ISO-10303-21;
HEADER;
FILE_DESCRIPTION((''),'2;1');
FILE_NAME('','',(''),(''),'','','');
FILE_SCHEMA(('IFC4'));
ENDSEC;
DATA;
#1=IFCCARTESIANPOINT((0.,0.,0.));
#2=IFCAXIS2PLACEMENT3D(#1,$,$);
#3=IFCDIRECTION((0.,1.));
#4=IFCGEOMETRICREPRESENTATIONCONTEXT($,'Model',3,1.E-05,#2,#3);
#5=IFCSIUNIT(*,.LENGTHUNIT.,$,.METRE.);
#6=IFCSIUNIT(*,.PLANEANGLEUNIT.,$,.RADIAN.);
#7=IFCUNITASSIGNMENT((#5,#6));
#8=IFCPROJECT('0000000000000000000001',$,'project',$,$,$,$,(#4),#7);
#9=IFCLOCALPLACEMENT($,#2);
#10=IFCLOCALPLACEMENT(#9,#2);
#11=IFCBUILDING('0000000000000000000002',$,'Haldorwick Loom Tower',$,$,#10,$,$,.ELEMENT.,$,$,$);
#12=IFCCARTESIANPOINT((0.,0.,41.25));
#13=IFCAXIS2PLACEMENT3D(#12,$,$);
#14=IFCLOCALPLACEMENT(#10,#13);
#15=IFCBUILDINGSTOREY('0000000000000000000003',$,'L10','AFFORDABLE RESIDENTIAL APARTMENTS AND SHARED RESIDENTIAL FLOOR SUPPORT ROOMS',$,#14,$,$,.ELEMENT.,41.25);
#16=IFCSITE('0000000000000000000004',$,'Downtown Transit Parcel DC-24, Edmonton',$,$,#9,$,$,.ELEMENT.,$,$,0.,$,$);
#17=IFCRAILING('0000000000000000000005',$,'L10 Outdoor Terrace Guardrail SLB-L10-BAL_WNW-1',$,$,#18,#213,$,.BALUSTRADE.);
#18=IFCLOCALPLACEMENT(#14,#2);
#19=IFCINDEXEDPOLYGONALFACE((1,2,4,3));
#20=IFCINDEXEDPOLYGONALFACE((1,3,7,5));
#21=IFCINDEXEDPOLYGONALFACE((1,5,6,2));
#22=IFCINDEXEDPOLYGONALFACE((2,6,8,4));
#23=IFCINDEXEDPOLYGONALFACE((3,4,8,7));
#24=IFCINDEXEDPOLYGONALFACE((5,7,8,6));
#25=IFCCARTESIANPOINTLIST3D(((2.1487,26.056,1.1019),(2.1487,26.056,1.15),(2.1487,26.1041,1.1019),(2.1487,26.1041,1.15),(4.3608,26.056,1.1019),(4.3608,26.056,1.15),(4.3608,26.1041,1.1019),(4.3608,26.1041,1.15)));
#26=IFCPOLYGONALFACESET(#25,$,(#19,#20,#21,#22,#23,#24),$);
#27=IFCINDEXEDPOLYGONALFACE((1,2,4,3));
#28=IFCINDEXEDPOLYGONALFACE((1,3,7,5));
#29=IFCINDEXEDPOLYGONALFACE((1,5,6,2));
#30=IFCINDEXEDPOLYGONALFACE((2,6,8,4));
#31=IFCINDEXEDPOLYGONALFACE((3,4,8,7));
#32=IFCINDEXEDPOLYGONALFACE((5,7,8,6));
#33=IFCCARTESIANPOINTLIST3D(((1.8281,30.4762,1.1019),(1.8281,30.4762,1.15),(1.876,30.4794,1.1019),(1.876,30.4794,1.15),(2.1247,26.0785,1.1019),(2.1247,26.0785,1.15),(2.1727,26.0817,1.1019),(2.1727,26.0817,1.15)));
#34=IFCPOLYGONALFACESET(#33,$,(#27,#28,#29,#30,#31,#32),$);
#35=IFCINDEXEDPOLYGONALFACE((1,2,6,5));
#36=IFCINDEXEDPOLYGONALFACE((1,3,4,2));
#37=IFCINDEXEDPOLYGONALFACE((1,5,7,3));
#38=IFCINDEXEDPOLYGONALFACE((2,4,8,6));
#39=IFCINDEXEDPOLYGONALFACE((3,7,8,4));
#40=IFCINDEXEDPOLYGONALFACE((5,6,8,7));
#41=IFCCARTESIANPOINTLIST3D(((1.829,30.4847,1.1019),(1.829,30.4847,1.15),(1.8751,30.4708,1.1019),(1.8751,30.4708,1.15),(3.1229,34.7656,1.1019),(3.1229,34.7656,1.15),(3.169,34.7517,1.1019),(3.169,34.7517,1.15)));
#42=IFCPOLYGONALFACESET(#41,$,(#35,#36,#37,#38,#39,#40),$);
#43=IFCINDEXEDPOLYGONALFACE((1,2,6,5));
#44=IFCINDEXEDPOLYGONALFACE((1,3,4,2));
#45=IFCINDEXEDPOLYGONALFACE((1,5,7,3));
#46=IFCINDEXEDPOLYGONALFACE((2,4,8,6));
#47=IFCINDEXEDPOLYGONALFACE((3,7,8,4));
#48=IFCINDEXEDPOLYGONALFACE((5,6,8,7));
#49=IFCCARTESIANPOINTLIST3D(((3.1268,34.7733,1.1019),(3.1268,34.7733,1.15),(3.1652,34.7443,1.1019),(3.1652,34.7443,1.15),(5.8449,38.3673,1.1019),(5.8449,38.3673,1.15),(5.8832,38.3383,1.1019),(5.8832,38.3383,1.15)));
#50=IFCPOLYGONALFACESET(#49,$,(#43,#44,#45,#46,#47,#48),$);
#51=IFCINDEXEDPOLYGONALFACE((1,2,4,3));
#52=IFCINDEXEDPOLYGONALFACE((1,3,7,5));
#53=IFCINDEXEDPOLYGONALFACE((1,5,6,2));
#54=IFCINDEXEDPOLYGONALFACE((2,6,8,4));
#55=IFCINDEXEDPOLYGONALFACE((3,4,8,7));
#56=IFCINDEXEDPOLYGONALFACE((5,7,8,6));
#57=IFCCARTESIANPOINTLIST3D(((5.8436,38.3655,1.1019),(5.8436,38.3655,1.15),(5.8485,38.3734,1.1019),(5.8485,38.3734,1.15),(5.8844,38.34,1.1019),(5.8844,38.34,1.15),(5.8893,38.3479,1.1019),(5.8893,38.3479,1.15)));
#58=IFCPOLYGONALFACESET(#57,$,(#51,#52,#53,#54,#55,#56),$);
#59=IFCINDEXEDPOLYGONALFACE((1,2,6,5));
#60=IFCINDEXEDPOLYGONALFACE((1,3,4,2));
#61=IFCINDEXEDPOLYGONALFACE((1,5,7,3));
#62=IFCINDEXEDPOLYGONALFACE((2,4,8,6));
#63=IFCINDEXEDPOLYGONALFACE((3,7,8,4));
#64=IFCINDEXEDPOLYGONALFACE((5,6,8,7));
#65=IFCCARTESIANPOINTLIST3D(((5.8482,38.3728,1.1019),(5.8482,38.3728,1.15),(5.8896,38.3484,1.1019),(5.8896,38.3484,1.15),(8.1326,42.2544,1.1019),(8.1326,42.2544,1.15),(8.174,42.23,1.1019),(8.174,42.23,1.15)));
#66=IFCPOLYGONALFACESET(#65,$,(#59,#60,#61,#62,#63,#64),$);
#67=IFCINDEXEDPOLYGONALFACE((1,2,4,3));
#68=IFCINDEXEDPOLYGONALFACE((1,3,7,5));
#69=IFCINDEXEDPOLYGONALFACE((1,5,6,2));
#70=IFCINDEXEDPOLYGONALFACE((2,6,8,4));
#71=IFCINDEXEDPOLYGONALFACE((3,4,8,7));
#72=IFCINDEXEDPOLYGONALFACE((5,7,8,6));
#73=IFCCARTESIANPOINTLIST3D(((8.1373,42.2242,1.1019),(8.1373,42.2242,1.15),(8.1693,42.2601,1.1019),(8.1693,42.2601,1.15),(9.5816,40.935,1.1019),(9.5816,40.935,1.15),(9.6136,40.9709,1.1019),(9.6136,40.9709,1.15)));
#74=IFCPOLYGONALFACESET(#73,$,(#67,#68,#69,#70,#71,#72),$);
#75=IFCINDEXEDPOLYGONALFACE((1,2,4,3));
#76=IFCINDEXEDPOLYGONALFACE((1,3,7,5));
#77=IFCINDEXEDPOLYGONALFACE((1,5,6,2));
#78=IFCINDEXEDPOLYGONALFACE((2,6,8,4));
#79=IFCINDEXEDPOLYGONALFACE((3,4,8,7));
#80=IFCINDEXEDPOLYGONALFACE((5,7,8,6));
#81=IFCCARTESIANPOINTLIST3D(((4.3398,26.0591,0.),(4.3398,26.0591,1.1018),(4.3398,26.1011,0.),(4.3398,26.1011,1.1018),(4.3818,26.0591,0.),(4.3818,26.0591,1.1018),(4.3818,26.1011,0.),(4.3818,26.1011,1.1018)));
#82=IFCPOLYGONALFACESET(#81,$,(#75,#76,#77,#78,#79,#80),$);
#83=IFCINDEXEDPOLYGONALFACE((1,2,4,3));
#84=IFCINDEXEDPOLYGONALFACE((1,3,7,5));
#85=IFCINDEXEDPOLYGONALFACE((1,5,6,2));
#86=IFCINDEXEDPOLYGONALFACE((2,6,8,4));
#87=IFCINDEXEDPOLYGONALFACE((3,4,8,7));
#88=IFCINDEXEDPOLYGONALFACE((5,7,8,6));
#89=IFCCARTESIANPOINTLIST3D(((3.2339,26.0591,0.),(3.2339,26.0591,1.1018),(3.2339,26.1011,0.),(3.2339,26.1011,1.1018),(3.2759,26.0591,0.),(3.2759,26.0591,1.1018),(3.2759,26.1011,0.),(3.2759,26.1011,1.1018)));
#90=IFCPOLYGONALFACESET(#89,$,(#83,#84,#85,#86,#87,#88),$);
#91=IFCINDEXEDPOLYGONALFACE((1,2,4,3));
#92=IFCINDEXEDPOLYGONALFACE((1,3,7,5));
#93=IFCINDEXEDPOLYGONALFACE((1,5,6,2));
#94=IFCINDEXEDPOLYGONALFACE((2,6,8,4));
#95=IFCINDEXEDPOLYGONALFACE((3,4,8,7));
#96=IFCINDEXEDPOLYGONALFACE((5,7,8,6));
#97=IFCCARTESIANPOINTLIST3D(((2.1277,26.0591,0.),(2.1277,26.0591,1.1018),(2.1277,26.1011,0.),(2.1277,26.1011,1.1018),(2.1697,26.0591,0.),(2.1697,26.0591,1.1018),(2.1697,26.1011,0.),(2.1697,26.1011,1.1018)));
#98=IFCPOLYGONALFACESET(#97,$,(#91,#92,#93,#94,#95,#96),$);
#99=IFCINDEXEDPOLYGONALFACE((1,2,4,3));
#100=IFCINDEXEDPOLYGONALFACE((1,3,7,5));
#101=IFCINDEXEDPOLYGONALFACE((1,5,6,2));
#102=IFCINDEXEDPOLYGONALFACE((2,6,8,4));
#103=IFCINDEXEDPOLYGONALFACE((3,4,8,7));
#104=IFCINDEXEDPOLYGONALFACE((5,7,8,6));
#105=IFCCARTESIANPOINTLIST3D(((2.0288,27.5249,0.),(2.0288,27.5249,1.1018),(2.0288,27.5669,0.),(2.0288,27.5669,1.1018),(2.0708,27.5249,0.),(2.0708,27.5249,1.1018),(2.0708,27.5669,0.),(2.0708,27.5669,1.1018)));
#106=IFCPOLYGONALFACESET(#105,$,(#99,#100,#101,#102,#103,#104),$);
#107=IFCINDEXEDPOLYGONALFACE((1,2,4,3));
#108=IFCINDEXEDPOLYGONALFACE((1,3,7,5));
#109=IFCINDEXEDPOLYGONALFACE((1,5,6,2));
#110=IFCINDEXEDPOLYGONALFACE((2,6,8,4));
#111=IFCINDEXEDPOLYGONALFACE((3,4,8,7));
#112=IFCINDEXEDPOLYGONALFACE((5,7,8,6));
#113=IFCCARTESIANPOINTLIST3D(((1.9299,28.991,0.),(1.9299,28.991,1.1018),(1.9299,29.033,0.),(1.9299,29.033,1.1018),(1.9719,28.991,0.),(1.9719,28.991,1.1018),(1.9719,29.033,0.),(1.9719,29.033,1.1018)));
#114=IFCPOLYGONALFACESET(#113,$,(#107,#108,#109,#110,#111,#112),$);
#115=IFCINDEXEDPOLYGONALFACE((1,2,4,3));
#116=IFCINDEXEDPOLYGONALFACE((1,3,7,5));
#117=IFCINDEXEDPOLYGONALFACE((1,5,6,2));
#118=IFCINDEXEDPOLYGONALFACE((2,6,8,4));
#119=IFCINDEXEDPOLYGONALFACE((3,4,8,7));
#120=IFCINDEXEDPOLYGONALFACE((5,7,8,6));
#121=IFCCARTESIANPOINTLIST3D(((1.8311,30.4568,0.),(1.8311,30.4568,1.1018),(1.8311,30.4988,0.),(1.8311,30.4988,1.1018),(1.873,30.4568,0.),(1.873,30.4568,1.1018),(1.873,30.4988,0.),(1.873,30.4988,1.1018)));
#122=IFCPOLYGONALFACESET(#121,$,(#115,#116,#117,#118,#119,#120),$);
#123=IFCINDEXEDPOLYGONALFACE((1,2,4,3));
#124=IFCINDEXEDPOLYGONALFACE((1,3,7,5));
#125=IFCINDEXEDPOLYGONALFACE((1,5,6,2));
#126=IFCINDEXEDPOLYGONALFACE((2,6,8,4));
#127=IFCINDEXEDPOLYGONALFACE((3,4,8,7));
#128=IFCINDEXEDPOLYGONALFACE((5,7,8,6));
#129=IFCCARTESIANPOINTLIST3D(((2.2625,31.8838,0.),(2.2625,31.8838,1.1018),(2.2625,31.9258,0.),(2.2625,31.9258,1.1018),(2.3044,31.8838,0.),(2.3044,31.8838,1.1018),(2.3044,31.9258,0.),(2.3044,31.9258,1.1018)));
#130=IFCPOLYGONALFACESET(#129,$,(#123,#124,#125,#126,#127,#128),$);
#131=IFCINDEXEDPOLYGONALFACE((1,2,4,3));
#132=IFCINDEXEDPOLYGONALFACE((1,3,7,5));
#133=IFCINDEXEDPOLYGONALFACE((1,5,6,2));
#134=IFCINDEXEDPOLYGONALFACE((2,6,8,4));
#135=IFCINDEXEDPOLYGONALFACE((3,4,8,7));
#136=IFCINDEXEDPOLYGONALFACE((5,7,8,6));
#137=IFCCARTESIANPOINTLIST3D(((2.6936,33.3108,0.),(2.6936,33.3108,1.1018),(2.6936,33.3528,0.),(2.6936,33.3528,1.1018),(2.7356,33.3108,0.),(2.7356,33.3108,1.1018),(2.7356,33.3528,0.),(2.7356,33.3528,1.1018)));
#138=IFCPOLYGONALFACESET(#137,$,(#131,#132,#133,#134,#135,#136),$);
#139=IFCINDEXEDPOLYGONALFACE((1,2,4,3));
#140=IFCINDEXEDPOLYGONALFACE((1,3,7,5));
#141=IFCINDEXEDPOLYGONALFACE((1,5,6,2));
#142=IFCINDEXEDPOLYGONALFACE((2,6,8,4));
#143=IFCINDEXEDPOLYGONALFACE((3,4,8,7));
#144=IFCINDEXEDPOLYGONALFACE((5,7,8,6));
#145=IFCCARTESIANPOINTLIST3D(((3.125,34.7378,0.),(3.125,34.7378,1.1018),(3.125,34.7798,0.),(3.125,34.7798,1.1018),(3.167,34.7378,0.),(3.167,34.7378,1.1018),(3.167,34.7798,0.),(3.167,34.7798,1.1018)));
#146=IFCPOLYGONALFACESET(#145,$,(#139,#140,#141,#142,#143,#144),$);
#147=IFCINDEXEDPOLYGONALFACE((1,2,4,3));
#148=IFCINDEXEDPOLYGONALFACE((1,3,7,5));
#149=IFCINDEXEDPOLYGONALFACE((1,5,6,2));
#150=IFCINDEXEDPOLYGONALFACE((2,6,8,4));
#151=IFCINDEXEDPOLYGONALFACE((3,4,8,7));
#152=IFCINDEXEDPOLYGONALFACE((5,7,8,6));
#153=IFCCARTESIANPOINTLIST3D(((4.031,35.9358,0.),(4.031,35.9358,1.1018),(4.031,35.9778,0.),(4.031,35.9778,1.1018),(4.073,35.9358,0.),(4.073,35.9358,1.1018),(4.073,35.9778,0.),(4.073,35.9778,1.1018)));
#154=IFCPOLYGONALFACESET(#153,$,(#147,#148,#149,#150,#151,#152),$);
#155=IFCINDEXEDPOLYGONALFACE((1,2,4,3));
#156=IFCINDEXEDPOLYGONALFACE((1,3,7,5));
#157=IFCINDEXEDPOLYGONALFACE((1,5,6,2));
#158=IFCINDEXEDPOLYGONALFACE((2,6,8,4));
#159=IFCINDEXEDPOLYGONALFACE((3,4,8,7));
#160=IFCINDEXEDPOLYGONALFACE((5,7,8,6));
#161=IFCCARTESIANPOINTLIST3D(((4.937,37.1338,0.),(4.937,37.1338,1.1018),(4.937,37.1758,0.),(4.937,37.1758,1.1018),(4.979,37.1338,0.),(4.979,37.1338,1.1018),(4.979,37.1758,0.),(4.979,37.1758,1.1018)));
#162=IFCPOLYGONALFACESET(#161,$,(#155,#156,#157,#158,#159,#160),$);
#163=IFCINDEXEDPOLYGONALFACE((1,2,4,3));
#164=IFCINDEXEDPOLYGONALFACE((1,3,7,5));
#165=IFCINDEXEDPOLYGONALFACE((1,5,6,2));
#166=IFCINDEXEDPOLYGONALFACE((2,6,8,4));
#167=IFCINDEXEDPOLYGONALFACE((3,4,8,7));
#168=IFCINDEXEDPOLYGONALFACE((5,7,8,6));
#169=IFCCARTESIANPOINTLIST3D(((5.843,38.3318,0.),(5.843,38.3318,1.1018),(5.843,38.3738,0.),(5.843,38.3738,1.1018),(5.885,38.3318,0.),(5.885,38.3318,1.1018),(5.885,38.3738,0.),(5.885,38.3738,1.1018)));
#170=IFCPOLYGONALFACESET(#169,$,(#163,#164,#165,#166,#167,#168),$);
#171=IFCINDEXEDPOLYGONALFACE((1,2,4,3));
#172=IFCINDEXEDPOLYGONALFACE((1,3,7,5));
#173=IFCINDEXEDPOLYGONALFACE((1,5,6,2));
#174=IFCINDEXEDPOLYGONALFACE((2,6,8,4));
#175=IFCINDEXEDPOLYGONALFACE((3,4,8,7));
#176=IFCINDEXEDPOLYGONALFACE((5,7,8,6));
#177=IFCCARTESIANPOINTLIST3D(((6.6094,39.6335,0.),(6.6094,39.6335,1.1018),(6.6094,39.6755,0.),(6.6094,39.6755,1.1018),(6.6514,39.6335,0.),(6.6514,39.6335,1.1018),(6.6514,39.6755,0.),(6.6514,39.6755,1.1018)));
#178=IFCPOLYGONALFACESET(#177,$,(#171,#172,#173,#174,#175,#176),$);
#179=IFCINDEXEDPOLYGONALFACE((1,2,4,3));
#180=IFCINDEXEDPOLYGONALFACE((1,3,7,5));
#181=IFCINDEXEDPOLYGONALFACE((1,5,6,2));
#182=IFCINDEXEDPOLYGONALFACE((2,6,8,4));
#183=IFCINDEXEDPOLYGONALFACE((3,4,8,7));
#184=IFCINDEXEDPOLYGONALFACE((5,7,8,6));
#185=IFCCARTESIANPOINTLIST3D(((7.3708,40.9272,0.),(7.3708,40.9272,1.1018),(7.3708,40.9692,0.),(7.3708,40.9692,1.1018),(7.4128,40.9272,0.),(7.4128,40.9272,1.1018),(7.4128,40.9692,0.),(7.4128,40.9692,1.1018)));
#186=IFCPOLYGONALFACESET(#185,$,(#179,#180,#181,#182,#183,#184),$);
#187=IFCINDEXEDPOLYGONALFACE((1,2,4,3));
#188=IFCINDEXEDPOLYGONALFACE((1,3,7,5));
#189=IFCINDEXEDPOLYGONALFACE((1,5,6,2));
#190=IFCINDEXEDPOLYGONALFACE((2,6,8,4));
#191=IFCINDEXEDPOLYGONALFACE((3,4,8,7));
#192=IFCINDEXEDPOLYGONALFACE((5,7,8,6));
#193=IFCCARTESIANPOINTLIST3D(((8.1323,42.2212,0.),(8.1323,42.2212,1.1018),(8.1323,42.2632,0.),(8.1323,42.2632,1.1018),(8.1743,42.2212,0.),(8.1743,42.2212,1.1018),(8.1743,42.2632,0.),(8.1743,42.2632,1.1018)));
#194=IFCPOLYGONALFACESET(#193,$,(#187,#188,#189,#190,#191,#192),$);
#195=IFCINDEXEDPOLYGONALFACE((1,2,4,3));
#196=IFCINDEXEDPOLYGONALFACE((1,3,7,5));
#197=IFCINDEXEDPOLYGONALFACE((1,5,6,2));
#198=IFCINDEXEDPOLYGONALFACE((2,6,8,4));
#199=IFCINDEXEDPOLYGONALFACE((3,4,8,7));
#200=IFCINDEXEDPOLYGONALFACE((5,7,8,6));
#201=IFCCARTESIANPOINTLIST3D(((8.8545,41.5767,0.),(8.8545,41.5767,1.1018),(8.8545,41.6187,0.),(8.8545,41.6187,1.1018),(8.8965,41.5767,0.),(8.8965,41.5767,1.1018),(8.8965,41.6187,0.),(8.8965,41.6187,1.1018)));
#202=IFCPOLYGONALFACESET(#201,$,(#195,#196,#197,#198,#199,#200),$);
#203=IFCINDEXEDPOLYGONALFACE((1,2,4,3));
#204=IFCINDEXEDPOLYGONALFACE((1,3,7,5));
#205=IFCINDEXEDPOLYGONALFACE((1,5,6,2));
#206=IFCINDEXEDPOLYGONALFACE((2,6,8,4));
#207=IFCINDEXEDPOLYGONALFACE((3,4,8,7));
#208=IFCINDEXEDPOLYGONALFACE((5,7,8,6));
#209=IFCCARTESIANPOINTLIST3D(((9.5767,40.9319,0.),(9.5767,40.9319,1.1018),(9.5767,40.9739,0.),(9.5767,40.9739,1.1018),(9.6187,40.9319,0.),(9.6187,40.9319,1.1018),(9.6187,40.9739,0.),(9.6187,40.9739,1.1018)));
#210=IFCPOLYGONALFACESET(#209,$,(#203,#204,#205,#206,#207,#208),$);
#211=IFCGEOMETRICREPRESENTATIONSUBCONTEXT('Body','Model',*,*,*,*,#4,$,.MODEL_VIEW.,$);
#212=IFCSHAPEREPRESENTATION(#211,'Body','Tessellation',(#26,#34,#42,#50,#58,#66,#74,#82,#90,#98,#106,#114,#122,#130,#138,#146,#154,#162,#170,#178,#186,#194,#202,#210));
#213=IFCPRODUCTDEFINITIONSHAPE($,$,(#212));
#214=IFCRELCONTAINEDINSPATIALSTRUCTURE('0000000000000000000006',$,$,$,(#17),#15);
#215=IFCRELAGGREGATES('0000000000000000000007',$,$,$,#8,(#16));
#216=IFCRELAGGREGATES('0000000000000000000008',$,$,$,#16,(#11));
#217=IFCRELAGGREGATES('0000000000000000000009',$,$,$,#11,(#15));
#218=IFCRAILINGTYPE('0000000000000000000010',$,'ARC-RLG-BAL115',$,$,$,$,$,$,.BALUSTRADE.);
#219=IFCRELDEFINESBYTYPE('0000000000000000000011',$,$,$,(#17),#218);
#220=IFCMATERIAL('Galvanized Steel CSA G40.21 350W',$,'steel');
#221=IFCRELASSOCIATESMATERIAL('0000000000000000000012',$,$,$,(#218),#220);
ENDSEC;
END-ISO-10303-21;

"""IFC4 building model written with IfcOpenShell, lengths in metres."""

from ifc_helpers import new_model, si_unit, direction, frame, origin, origin_2d, place, context, subcontext, project, spatial, rectangle, extrude, material, type_object, element, save


model = new_model("IFC4")

# Units and contexts
model_context = context("Model", 3, precision=1e-05, world=origin(), true_north=direction((0.0, 1.0)))
body_context = subcontext(model_context, "Body", "Model", "MODEL_VIEW")
ifc_project = project(units=[si_unit("LENGTHUNIT", "METRE"), si_unit("PLANEANGLEUNIT", "RADIAN")], contexts=[model_context])

# Site, building, storey
site_placement = place(None, origin())
site = spatial("IfcSite", under=ifc_project, at=site_placement, Name="Downtown Transit Parcel DC-24, Edmonton", CompositionType="ELEMENT", RefElevation=0.0)
building_placement = place(site_placement, origin())
building = spatial("IfcBuilding", under=site, at=building_placement, Name="Haldorwick Loom Tower", CompositionType="ELEMENT")
storey_placement = place(building_placement, frame((0.0, 0.0, 41.25)))
storey = spatial("IfcBuildingStorey", under=building, at=storey_placement, Name="L10", Description="AFFORDABLE RESIDENTIAL APARTMENTS AND SHARED RESIDENTIAL FLOOR SUPPORT ROOMS", CompositionType="ELEMENT", Elevation=41.25)

# Railing
ifc_material_1 = material(Name="Galvanized Steel CSA G40.21 350W", Category="steel")
railing_type = type_object("IfcRailingType", Name="ARC-RLG-BAL115", PredefinedType="BALUSTRADE", material=ifc_material_1)
railing_placement = place(storey_placement, frame((4.3608, 26.0801, 0.0)))
element("IfcRailing", 1, at=railing_placement, inside=storey, type_object=railing_type, Name="L10 Outdoor Terrace Guardrail SLB-L10-BAL_WNW-1", PredefinedType="BALUSTRADE", context=body_context, shape_type="SweptSolid", body=[
    extrude(rectangle(XDim=0.0481, YDim=0.0481, at=origin_2d()), frame((0.0, 0.0, 1.126), z_axis=(-1.0, 0.0, 0.0), x_axis=(0.0, -1.0, 0.0)), (0.0, 0.0, 1.0), 2.2122),
    extrude(rectangle(XDim=0.0481, YDim=0.0481, at=origin_2d()), frame((-2.2122, 0.0, 1.126), z_axis=(-0.067298, 0.997733, 0.0), x_axis=(-0.997733, -0.067298, 0.0)), (0.0, 0.0, 1.0), 4.4077),
    extrude(rectangle(XDim=0.0481, YDim=0.0481, at=origin_2d()), frame((-2.5088, 4.3977, 1.126), z_axis=(0.289326, 0.957231, 0.0), x_axis=(-0.957231, 0.289326, 0.0)), (0.0, 0.0, 1.0), 4.4722),
    extrude(rectangle(XDim=0.0481, YDim=0.0481, at=origin_2d()), frame((-1.2148, 8.6787, 1.126), z_axis=(0.603194, 0.797594, 0.0), x_axis=(-0.797594, 0.603194, 0.0)), (0.0, 0.0, 1.0), 4.5061),
    extrude(rectangle(XDim=0.0481, YDim=0.0481, at=origin_2d()), frame((1.5032, 12.2727, 1.126), z_axis=(0.529999, 0.847998, 0.0), x_axis=(-0.847998, 0.529999, 0.0)), (0.0, 0.0, 1.0), 0.0093),
    extrude(rectangle(XDim=0.0481, YDim=0.0481, at=origin_2d()), frame((1.5081, 12.2805, 1.126), z_axis=(0.507207, 0.861824, 0.0), x_axis=(-0.861824, 0.507207, 0.0)), (0.0, 0.0, 1.0), 4.5039),
    extrude(rectangle(XDim=0.0481, YDim=0.0481, at=origin_2d()), frame((3.7925, 16.1621, 1.126), z_axis=(0.746009, -0.665936, 0.0), x_axis=(0.665936, 0.746009, 0.0)), (0.0, 0.0, 1.0), 1.936),
    extrude(rectangle(XDim=0.042, YDim=0.042, at=origin_2d()), origin(), (0.0, 0.0, 1.0), 1.1018),
    extrude(rectangle(XDim=0.042, YDim=0.042, at=origin_2d()), frame((-1.106, 0.0, 0.0)), (0.0, 0.0, 1.0), 1.1018),
    extrude(rectangle(XDim=0.042, YDim=0.042, at=origin_2d()), frame((-2.2122, 0.0, 0.0)), (0.0, 0.0, 1.0), 1.1018),
    extrude(rectangle(XDim=0.042, YDim=0.042, at=origin_2d()), frame((-2.311, 1.4658, 0.0)), (0.0, 0.0, 1.0), 1.1018),
    extrude(rectangle(XDim=0.042, YDim=0.042, at=origin_2d()), frame((-2.4099, 2.9319, 0.0)), (0.0, 0.0, 1.0), 1.1018),
    extrude(rectangle(XDim=0.042, YDim=0.042, at=origin_2d()), frame((-2.5088, 4.3977, 0.0)), (0.0, 0.0, 1.0), 1.1018),
    extrude(rectangle(XDim=0.042, YDim=0.042, at=origin_2d()), frame((-2.0774, 5.8247, 0.0)), (0.0, 0.0, 1.0), 1.1018),
    extrude(rectangle(XDim=0.042, YDim=0.042, at=origin_2d()), frame((-1.6462, 7.2517, 0.0)), (0.0, 0.0, 1.0), 1.1018),
    extrude(rectangle(XDim=0.042, YDim=0.042, at=origin_2d()), frame((-1.2148, 8.6787, 0.0)), (0.0, 0.0, 1.0), 1.1018),
    extrude(rectangle(XDim=0.042, YDim=0.042, at=origin_2d()), frame((-0.3088, 9.8767, 0.0)), (0.0, 0.0, 1.0), 1.1018),
    extrude(rectangle(XDim=0.042, YDim=0.042, at=origin_2d()), frame((0.5972, 11.0747, 0.0)), (0.0, 0.0, 1.0), 1.1018),
    extrude(rectangle(XDim=0.042, YDim=0.042, at=origin_2d()), frame((1.5032, 12.2727, 0.0)), (0.0, 0.0, 1.0), 1.1018),
    extrude(rectangle(XDim=0.042, YDim=0.042, at=origin_2d()), frame((2.2695, 13.5745, 0.0)), (0.0, 0.0, 1.0), 1.1018),
    extrude(rectangle(XDim=0.042, YDim=0.042, at=origin_2d()), frame((3.031, 14.8682, 0.0)), (0.0, 0.0, 1.0), 1.1018),
    extrude(rectangle(XDim=0.042, YDim=0.042, at=origin_2d()), frame((3.7925, 16.1621, 0.0)), (0.0, 0.0, 1.0), 1.1018),
    extrude(rectangle(XDim=0.042, YDim=0.042, at=origin_2d()), frame((4.5146, 15.5176, 0.0)), (0.0, 0.0, 1.0), 1.1018),
    extrude(rectangle(XDim=0.042, YDim=0.042, at=origin_2d()), frame((5.2368, 14.8728, 0.0)), (0.0, 0.0, 1.0), 1.1018),
])

save(model, "model.ifc")
